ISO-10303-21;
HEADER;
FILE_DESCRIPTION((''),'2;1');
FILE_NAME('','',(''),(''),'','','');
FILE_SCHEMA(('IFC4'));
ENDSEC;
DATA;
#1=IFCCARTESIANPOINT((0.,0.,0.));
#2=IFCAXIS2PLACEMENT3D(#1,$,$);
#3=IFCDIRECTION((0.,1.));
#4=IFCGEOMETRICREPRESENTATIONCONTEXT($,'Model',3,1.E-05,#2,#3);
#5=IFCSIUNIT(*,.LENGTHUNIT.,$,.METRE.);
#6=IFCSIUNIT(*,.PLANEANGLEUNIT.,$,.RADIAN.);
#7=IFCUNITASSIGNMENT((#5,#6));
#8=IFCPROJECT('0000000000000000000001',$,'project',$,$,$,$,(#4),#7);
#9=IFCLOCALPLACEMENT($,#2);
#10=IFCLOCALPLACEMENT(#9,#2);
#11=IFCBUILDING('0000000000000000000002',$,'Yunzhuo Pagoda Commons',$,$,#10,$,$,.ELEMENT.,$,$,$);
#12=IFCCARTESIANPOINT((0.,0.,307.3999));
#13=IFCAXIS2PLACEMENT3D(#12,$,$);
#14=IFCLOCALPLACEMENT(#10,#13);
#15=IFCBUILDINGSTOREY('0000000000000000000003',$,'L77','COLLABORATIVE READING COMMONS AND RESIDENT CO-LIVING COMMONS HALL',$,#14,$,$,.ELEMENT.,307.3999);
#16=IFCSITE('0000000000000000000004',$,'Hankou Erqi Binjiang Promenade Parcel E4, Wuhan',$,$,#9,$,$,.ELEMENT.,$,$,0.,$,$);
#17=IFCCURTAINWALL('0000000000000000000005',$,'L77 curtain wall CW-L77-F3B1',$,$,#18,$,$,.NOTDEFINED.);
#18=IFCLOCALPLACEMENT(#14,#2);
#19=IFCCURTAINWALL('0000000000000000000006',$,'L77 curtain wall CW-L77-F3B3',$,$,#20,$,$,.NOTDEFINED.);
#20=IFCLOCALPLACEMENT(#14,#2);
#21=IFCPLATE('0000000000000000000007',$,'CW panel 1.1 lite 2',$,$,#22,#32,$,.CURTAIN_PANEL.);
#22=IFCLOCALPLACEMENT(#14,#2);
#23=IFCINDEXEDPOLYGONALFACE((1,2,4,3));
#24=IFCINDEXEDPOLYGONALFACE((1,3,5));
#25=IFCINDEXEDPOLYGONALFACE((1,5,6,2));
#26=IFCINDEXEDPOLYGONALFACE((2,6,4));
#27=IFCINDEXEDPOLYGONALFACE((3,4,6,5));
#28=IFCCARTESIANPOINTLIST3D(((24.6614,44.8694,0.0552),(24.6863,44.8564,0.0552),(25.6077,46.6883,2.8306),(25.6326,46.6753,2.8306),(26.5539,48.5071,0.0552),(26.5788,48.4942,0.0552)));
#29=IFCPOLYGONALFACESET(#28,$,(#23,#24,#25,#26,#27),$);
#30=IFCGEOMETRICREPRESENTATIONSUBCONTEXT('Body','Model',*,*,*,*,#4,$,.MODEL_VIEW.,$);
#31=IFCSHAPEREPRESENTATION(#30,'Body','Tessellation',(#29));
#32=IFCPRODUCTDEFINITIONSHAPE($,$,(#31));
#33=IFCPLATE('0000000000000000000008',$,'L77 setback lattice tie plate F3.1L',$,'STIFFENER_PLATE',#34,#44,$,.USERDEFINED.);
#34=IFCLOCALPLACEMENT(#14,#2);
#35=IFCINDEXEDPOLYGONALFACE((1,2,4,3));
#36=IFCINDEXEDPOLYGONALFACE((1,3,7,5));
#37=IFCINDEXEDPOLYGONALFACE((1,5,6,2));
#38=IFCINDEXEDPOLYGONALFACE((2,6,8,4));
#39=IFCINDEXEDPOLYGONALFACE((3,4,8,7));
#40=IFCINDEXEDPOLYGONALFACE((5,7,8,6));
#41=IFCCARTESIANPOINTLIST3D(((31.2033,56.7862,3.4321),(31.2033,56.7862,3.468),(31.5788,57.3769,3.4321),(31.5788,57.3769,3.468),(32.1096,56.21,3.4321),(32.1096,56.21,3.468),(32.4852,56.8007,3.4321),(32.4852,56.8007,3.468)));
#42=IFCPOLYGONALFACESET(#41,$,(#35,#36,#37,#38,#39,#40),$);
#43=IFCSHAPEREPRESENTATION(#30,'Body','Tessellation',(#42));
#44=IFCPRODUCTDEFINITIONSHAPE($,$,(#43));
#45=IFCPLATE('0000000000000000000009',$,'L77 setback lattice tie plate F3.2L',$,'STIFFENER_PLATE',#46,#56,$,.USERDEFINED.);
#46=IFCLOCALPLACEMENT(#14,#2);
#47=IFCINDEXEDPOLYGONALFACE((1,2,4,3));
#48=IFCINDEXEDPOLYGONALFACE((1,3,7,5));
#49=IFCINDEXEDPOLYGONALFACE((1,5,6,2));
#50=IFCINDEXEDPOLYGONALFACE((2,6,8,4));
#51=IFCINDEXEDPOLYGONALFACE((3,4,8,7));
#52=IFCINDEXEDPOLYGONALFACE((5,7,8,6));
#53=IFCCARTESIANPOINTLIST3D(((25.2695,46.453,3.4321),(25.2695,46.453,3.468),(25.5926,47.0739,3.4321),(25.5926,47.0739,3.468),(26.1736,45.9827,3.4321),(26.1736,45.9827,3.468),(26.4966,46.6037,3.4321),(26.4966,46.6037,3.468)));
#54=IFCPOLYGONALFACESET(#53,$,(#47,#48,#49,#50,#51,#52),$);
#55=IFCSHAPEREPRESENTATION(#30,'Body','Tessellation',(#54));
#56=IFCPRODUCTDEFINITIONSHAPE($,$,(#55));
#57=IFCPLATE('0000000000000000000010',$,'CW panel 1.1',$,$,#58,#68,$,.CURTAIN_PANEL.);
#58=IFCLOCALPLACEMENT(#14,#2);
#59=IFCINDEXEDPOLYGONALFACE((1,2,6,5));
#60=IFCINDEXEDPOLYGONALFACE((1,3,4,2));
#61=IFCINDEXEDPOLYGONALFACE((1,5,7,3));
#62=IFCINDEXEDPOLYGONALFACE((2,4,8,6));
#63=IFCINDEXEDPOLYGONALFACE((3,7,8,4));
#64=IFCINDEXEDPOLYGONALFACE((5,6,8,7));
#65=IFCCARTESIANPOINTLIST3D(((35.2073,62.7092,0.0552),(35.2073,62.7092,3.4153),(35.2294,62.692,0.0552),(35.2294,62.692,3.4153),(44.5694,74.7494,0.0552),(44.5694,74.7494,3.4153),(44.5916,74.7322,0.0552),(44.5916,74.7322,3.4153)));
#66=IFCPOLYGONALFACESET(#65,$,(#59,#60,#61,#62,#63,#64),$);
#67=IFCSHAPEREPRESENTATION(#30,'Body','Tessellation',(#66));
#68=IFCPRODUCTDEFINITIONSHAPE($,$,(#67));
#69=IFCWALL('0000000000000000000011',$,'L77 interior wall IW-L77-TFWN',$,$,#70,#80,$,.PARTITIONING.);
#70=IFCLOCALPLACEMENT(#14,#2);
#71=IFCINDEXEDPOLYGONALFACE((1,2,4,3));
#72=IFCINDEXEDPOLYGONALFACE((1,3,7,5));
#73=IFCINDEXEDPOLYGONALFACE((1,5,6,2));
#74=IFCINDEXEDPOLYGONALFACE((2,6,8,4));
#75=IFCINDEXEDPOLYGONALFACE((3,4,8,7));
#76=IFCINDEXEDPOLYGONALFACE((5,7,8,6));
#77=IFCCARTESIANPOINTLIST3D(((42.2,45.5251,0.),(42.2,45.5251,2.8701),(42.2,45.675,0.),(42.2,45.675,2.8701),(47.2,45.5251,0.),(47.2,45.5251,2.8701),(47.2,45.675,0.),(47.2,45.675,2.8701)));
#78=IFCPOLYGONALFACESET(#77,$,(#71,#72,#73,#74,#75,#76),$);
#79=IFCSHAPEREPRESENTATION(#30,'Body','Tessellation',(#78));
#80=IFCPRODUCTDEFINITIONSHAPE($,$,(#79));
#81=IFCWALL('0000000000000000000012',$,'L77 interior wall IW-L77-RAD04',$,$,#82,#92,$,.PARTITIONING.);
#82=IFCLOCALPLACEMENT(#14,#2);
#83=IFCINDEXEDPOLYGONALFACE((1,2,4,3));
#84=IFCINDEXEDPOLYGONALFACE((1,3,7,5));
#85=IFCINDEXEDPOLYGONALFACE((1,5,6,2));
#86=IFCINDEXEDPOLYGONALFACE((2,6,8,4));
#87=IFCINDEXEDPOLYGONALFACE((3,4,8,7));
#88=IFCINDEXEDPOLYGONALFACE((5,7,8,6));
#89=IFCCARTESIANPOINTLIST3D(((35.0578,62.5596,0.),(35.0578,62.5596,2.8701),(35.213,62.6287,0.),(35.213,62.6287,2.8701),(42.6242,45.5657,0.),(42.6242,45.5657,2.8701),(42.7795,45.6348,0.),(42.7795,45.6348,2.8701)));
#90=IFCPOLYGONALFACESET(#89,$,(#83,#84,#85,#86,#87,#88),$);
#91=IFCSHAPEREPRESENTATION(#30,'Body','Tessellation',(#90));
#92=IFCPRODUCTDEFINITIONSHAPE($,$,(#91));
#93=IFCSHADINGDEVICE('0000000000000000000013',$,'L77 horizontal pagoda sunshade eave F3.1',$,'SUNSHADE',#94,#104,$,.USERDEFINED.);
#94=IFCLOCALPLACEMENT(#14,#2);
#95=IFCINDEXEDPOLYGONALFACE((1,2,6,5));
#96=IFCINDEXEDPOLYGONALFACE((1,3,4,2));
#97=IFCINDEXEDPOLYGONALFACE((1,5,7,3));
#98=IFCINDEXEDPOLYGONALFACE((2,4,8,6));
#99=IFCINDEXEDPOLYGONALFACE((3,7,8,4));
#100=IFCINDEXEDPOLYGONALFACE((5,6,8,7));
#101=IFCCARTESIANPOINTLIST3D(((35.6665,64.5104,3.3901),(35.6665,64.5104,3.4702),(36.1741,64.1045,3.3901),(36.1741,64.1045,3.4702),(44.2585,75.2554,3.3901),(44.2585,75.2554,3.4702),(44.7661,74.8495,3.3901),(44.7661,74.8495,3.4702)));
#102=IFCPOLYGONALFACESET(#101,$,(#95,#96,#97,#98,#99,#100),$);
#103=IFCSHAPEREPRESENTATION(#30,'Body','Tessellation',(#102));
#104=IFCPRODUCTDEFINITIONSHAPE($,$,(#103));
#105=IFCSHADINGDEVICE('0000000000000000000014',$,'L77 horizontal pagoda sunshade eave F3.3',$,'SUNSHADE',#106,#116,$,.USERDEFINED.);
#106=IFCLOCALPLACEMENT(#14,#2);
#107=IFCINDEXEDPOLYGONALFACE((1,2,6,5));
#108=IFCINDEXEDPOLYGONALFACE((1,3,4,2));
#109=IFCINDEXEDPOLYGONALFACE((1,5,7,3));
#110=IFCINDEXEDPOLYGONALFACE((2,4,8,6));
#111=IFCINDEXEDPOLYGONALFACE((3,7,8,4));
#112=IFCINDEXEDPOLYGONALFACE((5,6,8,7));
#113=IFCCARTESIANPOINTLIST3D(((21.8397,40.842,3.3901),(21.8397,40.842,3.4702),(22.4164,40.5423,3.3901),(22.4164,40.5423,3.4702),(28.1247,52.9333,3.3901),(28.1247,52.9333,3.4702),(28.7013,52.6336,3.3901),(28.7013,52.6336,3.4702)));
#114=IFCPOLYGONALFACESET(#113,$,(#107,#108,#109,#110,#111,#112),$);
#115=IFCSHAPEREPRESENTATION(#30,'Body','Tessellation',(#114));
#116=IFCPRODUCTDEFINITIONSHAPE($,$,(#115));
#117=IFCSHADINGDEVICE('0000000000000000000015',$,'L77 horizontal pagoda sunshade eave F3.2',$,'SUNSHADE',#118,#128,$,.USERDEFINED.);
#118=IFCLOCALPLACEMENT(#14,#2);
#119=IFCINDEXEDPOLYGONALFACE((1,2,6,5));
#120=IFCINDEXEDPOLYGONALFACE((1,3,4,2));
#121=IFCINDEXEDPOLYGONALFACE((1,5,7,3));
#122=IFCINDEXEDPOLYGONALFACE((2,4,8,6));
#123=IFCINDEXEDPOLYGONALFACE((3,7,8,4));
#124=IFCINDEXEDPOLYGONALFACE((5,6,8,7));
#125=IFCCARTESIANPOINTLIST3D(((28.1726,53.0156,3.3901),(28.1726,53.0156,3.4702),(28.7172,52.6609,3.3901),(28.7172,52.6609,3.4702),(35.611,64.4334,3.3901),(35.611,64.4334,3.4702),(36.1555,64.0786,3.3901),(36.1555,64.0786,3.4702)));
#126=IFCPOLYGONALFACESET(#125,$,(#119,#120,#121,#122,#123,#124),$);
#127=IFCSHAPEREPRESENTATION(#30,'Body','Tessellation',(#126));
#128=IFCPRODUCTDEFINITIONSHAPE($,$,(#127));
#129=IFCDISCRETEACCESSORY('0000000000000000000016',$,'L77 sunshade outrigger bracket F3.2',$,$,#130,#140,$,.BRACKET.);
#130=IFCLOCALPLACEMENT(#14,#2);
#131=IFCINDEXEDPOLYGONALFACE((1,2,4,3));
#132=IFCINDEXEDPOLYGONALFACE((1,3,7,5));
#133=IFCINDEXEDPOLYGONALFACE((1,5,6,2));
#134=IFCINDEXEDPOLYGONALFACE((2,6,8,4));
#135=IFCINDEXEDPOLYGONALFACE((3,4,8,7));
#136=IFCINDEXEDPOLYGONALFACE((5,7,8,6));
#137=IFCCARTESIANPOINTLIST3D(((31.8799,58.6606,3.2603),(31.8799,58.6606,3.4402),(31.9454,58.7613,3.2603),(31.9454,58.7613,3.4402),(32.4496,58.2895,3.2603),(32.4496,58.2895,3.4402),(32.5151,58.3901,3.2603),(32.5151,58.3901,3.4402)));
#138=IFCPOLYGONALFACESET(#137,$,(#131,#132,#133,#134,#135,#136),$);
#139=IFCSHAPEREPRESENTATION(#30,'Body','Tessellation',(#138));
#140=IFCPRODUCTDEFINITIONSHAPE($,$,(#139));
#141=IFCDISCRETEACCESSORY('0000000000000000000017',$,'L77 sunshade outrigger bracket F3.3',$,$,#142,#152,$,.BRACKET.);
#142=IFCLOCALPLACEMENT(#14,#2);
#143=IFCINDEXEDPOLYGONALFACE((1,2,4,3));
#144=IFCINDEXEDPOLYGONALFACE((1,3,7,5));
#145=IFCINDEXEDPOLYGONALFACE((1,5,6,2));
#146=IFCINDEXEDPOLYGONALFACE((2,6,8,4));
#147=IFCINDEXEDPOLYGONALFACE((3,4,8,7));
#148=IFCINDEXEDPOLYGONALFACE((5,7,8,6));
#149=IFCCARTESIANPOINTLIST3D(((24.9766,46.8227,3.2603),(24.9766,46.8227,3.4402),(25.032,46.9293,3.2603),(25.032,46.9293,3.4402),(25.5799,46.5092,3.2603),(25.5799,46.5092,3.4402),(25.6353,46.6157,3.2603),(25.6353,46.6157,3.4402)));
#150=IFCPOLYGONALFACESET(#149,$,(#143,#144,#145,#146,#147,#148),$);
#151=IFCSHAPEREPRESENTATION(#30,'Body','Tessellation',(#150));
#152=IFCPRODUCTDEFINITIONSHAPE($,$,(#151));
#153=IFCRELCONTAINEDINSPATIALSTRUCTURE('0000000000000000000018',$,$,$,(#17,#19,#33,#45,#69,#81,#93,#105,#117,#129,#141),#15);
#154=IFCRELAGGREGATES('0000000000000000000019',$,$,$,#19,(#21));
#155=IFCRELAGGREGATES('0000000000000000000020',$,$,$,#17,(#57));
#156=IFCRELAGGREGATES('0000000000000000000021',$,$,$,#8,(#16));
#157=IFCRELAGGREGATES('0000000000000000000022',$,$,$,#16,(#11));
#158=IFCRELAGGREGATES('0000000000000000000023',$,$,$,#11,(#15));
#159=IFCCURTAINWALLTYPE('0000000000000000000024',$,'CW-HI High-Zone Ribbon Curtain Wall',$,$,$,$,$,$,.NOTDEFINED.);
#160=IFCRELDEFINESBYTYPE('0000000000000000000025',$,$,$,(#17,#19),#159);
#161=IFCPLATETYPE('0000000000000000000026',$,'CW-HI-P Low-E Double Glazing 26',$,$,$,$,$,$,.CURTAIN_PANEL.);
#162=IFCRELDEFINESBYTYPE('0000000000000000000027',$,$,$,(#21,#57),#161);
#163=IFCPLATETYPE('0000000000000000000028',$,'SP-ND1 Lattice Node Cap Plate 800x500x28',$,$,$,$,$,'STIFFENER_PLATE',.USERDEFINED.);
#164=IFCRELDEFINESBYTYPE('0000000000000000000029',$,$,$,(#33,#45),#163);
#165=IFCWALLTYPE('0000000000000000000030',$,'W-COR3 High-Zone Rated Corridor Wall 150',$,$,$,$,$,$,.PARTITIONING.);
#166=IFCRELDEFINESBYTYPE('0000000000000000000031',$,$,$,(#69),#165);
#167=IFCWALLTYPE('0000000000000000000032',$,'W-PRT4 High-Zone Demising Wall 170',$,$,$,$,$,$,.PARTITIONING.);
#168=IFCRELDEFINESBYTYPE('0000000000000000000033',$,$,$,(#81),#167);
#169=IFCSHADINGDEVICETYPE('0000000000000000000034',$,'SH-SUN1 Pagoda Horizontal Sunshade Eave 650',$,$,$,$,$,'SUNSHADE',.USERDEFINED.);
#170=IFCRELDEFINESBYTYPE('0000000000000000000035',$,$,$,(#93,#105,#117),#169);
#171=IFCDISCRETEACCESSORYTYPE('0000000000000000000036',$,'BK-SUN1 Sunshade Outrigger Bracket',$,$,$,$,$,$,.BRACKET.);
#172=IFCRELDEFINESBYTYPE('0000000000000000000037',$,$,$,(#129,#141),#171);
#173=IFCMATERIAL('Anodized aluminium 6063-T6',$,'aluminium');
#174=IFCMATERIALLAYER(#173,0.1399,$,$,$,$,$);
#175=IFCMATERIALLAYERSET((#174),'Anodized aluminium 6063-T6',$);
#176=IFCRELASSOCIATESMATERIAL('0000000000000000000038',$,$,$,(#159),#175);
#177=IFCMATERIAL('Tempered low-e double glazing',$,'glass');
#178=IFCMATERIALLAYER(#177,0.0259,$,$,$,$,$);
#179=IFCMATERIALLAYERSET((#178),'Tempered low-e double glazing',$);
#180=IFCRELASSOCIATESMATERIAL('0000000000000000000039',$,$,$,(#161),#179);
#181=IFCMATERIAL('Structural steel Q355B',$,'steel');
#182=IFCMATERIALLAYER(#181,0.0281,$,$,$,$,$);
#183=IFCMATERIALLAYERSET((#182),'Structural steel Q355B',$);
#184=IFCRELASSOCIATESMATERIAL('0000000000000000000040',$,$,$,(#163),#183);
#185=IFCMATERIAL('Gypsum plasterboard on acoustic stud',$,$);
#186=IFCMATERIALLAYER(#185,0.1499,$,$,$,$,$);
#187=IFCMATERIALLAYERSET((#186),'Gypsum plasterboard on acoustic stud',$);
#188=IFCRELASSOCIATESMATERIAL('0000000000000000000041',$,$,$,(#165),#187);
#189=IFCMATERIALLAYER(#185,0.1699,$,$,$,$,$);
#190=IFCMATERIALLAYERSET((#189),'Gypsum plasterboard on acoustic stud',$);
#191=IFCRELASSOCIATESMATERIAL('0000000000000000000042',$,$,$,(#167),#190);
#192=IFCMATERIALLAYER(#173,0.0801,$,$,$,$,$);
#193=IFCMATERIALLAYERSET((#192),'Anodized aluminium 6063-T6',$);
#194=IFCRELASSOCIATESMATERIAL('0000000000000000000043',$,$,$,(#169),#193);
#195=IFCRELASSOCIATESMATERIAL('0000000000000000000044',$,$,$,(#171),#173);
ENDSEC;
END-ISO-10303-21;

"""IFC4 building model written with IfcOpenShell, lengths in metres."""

from ifc_helpers import new_model, si_unit, direction, frame, frame_2d, origin, origin_2d, place, context, subcontext, project, spatial, polyline, rectangle, outline, extrude, source, transform, mapped, material, layer, layer_set, type_object, element, aggregate, save


model = new_model("IFC4")

# Units and contexts
model_context = context("Model", 3, precision=1e-05, world=origin(), true_north=direction((0.0, 1.0)))
body_context = subcontext(model_context, "Body", "Model", "MODEL_VIEW")
ifc_project = project(units=[si_unit("LENGTHUNIT", "METRE"), si_unit("PLANEANGLEUNIT", "RADIAN")], contexts=[model_context])

# Site, building, storey
site_placement = place(None, origin())
site = spatial("IfcSite", under=ifc_project, at=site_placement, Name="Hankou Erqi Binjiang Promenade Parcel E4, Wuhan", CompositionType="ELEMENT", RefElevation=0.0)
building_placement = place(site_placement, origin())
building = spatial("IfcBuilding", under=site, at=building_placement, Name="Yunzhuo Pagoda Commons", CompositionType="ELEMENT")
storey_placement = place(building_placement, frame((0.0, 0.0, 307.3999)))
storey = spatial("IfcBuildingStorey", under=building, at=storey_placement, Name="L77", Description="COLLABORATIVE READING COMMONS AND RESIDENT CO-LIVING COMMONS HALL", CompositionType="ELEMENT", Elevation=307.3999)

# Shared definitions
ifc_material_1 = material(Name="Structural steel Q355B", Category="steel")

# Curtain walls
ifc_material_2 = material(Name="Anodized aluminium 6063-T6", Category="aluminium")
ifc_layer_1 = layer(ifc_material_2, 0.1399)
ifc_layer_set_1 = layer_set([ifc_layer_1], Name="Anodized aluminium 6063-T6")
curtain_wall_type = type_object("IfcCurtainWallType", Name="CW-HI High-Zone Ribbon Curtain Wall", PredefinedType="NOTDEFINED", material=ifc_layer_set_1)
curtain_wall_1_placement = place(storey_placement, origin())
curtain_wall_1 = element("IfcCurtainWall", 1, at=curtain_wall_1_placement, inside=storey, type_object=curtain_wall_type, Name="L77 curtain wall CW-L77-F3B1", PredefinedType="NOTDEFINED")
curtain_wall_2_placement = place(storey_placement, origin())
curtain_wall_2 = element("IfcCurtainWall", 2, at=curtain_wall_2_placement, inside=storey, type_object=curtain_wall_type, Name="L77 curtain wall CW-L77-F3B3", PredefinedType="NOTDEFINED")

# Plate
ifc_material_3 = material(Name="Tempered low-e double glazing", Category="glass")
ifc_layer_2 = layer(ifc_material_3, 0.0259)
ifc_layer_set_2 = layer_set([ifc_layer_2], Name="Tempered low-e double glazing")
plate_type_1 = type_object("IfcPlateType", Name="CW-HI-P Low-E Double Glazing 26", PredefinedType="CURTAIN_PANEL", material=ifc_layer_set_2)
plate_1_placement = place(storey_placement, frame((25.6326, 46.6753, 1.4429), z_axis=(-0.887137, 0.461505, 0.0), x_axis=(-0.461505, -0.887137, 0.0)))
plate_1 = element("IfcPlate", 3, at=plate_1_placement, type_object=plate_type_1, Name="CW panel 1.1 lite 2", PredefinedType="CURTAIN_PANEL", context=body_context, shape_type="SweptSolid", body=[
    extrude(outline(polyline([(-2.0503, -1.3877), (2.0503, -1.3877), (0.0, 1.3877), (-2.0503, -1.3877)])), origin(), (0.0, 0.0, 1.0), 0.0281),
])
aggregate(curtain_wall_2, [plate_1])

# Plates
ifc_layer_3 = layer(ifc_material_1, 0.0281)
ifc_layer_set_3 = layer_set([ifc_layer_3], Name="Structural steel Q355B")
plate_type_2 = type_object("IfcPlateType", Name="SP-ND1 Lattice Node Cap Plate 800x500x28", ElementType="STIFFENER_PLATE", PredefinedType="USERDEFINED", material=ifc_layer_set_3)
shared_shape_1 = source(origin(), body_context, "Body", "SweptSolid", [
    extrude(rectangle(XDim=0.7, YDim=1.074, at=origin_2d()), origin(), (0.0, 0.0, 1.0), 0.0359),
])
plate_2_placement = place(storey_placement, frame((31.8442, 56.7935, 3.4321), z_axis=(0.0, 0.0, 1.0), x_axis=(-0.53649, -0.843907, 0.0)))
element("IfcPlate", 4, at=plate_2_placement, inside=storey, type_object=plate_type_2, Name="L77 setback lattice tie plate F3.1L", ObjectType="STIFFENER_PLATE", PredefinedType="USERDEFINED", context=body_context, shape_type="MappedRepresentation", body=[
    mapped(shared_shape_1, transform((0.0, 0.0, 0.0), scale=1.0)),
])
shared_shape_2 = source(origin(), body_context, "Body", "SweptSolid", [
    extrude(rectangle(XDim=0.7, YDim=1.019, at=origin_2d()), origin(), (0.0, 0.0, 1.0), 0.0359),
])
plate_3_placement = place(storey_placement, frame((25.8831, 46.5283, 3.4321), z_axis=(0.0, 0.0, 1.0), x_axis=(-0.461501, -0.88714, 0.0)))
element("IfcPlate", 5, at=plate_3_placement, inside=storey, type_object=plate_type_2, Name="L77 setback lattice tie plate F3.2L", ObjectType="STIFFENER_PLATE", PredefinedType="USERDEFINED", context=body_context, shape_type="MappedRepresentation", body=[
    mapped(shared_shape_2, transform((0.0, 0.0, 0.0), scale=1.0)),
])

# Plate
shared_shape_3 = source(origin(), body_context, "Body", "SweptSolid", [
    extrude(rectangle(XDim=15.2517, YDim=0.0281, at=origin_2d()), origin(), (0.0, 0.0, 1.0), 3.3601),
])
plate_4_placement = place(storey_placement, frame((39.8994, 68.7207, 0.0552), z_axis=(0.0, 0.0, 1.0), x_axis=(-0.61384, -0.78943, 0.0)))
plate_4 = element("IfcPlate", 6, at=plate_4_placement, type_object=plate_type_1, Name="CW panel 1.1", PredefinedType="CURTAIN_PANEL", context=body_context, shape_type="MappedRepresentation", body=[
    mapped(shared_shape_3, transform((0.0, 0.0, 0.0), scale=1.0)),
])
aggregate(curtain_wall_1, [plate_4])

# Walls
ifc_material_4 = material(Name="Gypsum plasterboard on acoustic stud")
ifc_layer_4 = layer(ifc_material_4, 0.1499)
ifc_layer_set_4 = layer_set([ifc_layer_4], Name="Gypsum plasterboard on acoustic stud")
wall_type_1 = type_object("IfcWallType", Name="W-COR3 High-Zone Rated Corridor Wall 150", PredefinedType="PARTITIONING", material=ifc_layer_set_4)
wall_1_placement = place(storey_placement, frame((42.2, 45.6001, 0.0), z_axis=(0.0, 0.0, 1.0), x_axis=(1.0, 0.0, 0.0)))
element("IfcWall", 7, at=wall_1_placement, inside=storey, type_object=wall_type_1, Name="L77 interior wall IW-L77-TFWN", PredefinedType="PARTITIONING", context=body_context, shape_type="SweptSolid", body=[
    extrude(rectangle(XDim=5.0, YDim=0.1499, at=frame_2d((2.5, 0.0))), origin(), (0.0, 0.0, 1.0), 2.8701),
])
ifc_layer_5 = layer(ifc_material_4, 0.1699)
ifc_layer_set_5 = layer_set([ifc_layer_5], Name="Gypsum plasterboard on acoustic stud")
wall_type_2 = type_object("IfcWallType", Name="W-PRT4 High-Zone Demising Wall 170", PredefinedType="PARTITIONING", material=ifc_layer_set_5)
wall_2_placement = place(storey_placement, frame((42.7019, 45.6001, 0.0), z_axis=(0.0, 0.0, 1.0), x_axis=(-0.406747, 0.913541, 0.0)))
element("IfcWall", 8, at=wall_2_placement, inside=storey, type_object=wall_type_2, Name="L77 interior wall IW-L77-RAD04", PredefinedType="PARTITIONING", context=body_context, shape_type="SweptSolid", body=[
    extrude(rectangle(XDim=18.6023, YDim=0.1699, at=frame_2d((9.3013, 0.0))), origin(), (0.0, 0.0, 1.0), 2.8701),
])

# Shading devices
ifc_layer_6 = layer(ifc_material_2, 0.0801)
ifc_layer_set_6 = layer_set([ifc_layer_6], Name="Anodized aluminium 6063-T6")
shading_device_type = type_object("IfcShadingDeviceType", Name="SH-SUN1 Pagoda Horizontal Sunshade Eave 650", ElementType="SUNSHADE", PredefinedType="USERDEFINED", material=ifc_layer_set_6)
shared_shape_4 = source(origin(), body_context, "Body", "SweptSolid", [
    extrude(rectangle(XDim=13.7578, YDim=0.6499, at=origin_2d()), origin(), (0.0, 0.0, 1.0), 0.0801),
])
shading_device_1_placement = place(storey_placement, frame((40.2163, 69.6799, 3.3901), z_axis=(0.0, 0.0, 1.0), x_axis=(-0.62452, -0.781008, 0.0)))
element("IfcShadingDevice", 9, at=shading_device_1_placement, inside=storey, type_object=shading_device_type, Name="L77 horizontal pagoda sunshade eave F3.1", ObjectType="SUNSHADE", PredefinedType="USERDEFINED", context=body_context, shape_type="MappedRepresentation", body=[
    mapped(shared_shape_4, transform((0.0, 0.0, 0.0), scale=1.0)),
])
shared_shape_5 = source(origin(), body_context, "Body", "SweptSolid", [
    extrude(rectangle(XDim=13.6272, YDim=0.6499, at=origin_2d()), origin(), (0.0, 0.0, 1.0), 0.0801),
])
shading_device_2_placement = place(storey_placement, frame((25.2705, 46.7378, 3.3901), z_axis=(0.0, 0.0, 1.0), x_axis=(-0.461207, -0.887293, 0.0)))
element("IfcShadingDevice", 10, at=shading_device_2_placement, inside=storey, type_object=shading_device_type, Name="L77 horizontal pagoda sunshade eave F3.3", ObjectType="SUNSHADE", PredefinedType="USERDEFINED", context=body_context, shape_type="MappedRepresentation", body=[
    mapped(shared_shape_5, transform((0.0, 0.0, 0.0), scale=1.0)),
])
shared_shape_6 = source(origin(), body_context, "Body", "SweptSolid", [
    extrude(rectangle(XDim=13.627, YDim=0.6499, at=origin_2d()), origin(), (0.0, 0.0, 1.0), 0.0801),
])
shading_device_3_placement = place(storey_placement, frame((32.1641, 58.5471, 3.3901), z_axis=(0.0, 0.0, 1.0), x_axis=(-0.545853, -0.837881, 0.0)))
element("IfcShadingDevice", 11, at=shading_device_3_placement, inside=storey, type_object=shading_device_type, Name="L77 horizontal pagoda sunshade eave F3.2", ObjectType="SUNSHADE", PredefinedType="USERDEFINED", context=body_context, shape_type="MappedRepresentation", body=[
    mapped(shared_shape_6, transform((0.0, 0.0, 0.0), scale=1.0)),
])

# Discrete accessories
discrete_accessory_type = type_object("IfcDiscreteAccessoryType", Name="BK-SUN1 Sunshade Outrigger Bracket", PredefinedType="BRACKET", material=ifc_material_2)
shared_shape_7 = source(origin(), body_context, "Body", "SweptSolid", [
    extrude(rectangle(XDim=0.1201, YDim=0.6799, at=origin_2d()), origin(), (0.0, 0.0, 1.0), 0.1799),
])
for number, where, z_axis, x_axis, name in (
    (12, (32.1975, 58.5254, 3.2603), (0.0, 0.0, 1.0), (-0.545853, -0.837881, 0.0), "L77 sunshade outrigger bracket F3.2"),
    (13, (25.3059, 46.7192, 3.2603), (0.0, 0.0, 1.0), (-0.461207, -0.887293, 0.0), "L77 sunshade outrigger bracket F3.3"),
):
    element("IfcDiscreteAccessory", number, at=place(storey_placement, frame(where, z_axis=z_axis, x_axis=x_axis)), inside=storey, type_object=discrete_accessory_type, Name=name, PredefinedType="BRACKET", context=body_context, shape_type="MappedRepresentation", body=[
        mapped(shared_shape_7, transform((0.0, 0.0, 0.0), scale=1.0)),
    ])

save(model, "model.ifc")
